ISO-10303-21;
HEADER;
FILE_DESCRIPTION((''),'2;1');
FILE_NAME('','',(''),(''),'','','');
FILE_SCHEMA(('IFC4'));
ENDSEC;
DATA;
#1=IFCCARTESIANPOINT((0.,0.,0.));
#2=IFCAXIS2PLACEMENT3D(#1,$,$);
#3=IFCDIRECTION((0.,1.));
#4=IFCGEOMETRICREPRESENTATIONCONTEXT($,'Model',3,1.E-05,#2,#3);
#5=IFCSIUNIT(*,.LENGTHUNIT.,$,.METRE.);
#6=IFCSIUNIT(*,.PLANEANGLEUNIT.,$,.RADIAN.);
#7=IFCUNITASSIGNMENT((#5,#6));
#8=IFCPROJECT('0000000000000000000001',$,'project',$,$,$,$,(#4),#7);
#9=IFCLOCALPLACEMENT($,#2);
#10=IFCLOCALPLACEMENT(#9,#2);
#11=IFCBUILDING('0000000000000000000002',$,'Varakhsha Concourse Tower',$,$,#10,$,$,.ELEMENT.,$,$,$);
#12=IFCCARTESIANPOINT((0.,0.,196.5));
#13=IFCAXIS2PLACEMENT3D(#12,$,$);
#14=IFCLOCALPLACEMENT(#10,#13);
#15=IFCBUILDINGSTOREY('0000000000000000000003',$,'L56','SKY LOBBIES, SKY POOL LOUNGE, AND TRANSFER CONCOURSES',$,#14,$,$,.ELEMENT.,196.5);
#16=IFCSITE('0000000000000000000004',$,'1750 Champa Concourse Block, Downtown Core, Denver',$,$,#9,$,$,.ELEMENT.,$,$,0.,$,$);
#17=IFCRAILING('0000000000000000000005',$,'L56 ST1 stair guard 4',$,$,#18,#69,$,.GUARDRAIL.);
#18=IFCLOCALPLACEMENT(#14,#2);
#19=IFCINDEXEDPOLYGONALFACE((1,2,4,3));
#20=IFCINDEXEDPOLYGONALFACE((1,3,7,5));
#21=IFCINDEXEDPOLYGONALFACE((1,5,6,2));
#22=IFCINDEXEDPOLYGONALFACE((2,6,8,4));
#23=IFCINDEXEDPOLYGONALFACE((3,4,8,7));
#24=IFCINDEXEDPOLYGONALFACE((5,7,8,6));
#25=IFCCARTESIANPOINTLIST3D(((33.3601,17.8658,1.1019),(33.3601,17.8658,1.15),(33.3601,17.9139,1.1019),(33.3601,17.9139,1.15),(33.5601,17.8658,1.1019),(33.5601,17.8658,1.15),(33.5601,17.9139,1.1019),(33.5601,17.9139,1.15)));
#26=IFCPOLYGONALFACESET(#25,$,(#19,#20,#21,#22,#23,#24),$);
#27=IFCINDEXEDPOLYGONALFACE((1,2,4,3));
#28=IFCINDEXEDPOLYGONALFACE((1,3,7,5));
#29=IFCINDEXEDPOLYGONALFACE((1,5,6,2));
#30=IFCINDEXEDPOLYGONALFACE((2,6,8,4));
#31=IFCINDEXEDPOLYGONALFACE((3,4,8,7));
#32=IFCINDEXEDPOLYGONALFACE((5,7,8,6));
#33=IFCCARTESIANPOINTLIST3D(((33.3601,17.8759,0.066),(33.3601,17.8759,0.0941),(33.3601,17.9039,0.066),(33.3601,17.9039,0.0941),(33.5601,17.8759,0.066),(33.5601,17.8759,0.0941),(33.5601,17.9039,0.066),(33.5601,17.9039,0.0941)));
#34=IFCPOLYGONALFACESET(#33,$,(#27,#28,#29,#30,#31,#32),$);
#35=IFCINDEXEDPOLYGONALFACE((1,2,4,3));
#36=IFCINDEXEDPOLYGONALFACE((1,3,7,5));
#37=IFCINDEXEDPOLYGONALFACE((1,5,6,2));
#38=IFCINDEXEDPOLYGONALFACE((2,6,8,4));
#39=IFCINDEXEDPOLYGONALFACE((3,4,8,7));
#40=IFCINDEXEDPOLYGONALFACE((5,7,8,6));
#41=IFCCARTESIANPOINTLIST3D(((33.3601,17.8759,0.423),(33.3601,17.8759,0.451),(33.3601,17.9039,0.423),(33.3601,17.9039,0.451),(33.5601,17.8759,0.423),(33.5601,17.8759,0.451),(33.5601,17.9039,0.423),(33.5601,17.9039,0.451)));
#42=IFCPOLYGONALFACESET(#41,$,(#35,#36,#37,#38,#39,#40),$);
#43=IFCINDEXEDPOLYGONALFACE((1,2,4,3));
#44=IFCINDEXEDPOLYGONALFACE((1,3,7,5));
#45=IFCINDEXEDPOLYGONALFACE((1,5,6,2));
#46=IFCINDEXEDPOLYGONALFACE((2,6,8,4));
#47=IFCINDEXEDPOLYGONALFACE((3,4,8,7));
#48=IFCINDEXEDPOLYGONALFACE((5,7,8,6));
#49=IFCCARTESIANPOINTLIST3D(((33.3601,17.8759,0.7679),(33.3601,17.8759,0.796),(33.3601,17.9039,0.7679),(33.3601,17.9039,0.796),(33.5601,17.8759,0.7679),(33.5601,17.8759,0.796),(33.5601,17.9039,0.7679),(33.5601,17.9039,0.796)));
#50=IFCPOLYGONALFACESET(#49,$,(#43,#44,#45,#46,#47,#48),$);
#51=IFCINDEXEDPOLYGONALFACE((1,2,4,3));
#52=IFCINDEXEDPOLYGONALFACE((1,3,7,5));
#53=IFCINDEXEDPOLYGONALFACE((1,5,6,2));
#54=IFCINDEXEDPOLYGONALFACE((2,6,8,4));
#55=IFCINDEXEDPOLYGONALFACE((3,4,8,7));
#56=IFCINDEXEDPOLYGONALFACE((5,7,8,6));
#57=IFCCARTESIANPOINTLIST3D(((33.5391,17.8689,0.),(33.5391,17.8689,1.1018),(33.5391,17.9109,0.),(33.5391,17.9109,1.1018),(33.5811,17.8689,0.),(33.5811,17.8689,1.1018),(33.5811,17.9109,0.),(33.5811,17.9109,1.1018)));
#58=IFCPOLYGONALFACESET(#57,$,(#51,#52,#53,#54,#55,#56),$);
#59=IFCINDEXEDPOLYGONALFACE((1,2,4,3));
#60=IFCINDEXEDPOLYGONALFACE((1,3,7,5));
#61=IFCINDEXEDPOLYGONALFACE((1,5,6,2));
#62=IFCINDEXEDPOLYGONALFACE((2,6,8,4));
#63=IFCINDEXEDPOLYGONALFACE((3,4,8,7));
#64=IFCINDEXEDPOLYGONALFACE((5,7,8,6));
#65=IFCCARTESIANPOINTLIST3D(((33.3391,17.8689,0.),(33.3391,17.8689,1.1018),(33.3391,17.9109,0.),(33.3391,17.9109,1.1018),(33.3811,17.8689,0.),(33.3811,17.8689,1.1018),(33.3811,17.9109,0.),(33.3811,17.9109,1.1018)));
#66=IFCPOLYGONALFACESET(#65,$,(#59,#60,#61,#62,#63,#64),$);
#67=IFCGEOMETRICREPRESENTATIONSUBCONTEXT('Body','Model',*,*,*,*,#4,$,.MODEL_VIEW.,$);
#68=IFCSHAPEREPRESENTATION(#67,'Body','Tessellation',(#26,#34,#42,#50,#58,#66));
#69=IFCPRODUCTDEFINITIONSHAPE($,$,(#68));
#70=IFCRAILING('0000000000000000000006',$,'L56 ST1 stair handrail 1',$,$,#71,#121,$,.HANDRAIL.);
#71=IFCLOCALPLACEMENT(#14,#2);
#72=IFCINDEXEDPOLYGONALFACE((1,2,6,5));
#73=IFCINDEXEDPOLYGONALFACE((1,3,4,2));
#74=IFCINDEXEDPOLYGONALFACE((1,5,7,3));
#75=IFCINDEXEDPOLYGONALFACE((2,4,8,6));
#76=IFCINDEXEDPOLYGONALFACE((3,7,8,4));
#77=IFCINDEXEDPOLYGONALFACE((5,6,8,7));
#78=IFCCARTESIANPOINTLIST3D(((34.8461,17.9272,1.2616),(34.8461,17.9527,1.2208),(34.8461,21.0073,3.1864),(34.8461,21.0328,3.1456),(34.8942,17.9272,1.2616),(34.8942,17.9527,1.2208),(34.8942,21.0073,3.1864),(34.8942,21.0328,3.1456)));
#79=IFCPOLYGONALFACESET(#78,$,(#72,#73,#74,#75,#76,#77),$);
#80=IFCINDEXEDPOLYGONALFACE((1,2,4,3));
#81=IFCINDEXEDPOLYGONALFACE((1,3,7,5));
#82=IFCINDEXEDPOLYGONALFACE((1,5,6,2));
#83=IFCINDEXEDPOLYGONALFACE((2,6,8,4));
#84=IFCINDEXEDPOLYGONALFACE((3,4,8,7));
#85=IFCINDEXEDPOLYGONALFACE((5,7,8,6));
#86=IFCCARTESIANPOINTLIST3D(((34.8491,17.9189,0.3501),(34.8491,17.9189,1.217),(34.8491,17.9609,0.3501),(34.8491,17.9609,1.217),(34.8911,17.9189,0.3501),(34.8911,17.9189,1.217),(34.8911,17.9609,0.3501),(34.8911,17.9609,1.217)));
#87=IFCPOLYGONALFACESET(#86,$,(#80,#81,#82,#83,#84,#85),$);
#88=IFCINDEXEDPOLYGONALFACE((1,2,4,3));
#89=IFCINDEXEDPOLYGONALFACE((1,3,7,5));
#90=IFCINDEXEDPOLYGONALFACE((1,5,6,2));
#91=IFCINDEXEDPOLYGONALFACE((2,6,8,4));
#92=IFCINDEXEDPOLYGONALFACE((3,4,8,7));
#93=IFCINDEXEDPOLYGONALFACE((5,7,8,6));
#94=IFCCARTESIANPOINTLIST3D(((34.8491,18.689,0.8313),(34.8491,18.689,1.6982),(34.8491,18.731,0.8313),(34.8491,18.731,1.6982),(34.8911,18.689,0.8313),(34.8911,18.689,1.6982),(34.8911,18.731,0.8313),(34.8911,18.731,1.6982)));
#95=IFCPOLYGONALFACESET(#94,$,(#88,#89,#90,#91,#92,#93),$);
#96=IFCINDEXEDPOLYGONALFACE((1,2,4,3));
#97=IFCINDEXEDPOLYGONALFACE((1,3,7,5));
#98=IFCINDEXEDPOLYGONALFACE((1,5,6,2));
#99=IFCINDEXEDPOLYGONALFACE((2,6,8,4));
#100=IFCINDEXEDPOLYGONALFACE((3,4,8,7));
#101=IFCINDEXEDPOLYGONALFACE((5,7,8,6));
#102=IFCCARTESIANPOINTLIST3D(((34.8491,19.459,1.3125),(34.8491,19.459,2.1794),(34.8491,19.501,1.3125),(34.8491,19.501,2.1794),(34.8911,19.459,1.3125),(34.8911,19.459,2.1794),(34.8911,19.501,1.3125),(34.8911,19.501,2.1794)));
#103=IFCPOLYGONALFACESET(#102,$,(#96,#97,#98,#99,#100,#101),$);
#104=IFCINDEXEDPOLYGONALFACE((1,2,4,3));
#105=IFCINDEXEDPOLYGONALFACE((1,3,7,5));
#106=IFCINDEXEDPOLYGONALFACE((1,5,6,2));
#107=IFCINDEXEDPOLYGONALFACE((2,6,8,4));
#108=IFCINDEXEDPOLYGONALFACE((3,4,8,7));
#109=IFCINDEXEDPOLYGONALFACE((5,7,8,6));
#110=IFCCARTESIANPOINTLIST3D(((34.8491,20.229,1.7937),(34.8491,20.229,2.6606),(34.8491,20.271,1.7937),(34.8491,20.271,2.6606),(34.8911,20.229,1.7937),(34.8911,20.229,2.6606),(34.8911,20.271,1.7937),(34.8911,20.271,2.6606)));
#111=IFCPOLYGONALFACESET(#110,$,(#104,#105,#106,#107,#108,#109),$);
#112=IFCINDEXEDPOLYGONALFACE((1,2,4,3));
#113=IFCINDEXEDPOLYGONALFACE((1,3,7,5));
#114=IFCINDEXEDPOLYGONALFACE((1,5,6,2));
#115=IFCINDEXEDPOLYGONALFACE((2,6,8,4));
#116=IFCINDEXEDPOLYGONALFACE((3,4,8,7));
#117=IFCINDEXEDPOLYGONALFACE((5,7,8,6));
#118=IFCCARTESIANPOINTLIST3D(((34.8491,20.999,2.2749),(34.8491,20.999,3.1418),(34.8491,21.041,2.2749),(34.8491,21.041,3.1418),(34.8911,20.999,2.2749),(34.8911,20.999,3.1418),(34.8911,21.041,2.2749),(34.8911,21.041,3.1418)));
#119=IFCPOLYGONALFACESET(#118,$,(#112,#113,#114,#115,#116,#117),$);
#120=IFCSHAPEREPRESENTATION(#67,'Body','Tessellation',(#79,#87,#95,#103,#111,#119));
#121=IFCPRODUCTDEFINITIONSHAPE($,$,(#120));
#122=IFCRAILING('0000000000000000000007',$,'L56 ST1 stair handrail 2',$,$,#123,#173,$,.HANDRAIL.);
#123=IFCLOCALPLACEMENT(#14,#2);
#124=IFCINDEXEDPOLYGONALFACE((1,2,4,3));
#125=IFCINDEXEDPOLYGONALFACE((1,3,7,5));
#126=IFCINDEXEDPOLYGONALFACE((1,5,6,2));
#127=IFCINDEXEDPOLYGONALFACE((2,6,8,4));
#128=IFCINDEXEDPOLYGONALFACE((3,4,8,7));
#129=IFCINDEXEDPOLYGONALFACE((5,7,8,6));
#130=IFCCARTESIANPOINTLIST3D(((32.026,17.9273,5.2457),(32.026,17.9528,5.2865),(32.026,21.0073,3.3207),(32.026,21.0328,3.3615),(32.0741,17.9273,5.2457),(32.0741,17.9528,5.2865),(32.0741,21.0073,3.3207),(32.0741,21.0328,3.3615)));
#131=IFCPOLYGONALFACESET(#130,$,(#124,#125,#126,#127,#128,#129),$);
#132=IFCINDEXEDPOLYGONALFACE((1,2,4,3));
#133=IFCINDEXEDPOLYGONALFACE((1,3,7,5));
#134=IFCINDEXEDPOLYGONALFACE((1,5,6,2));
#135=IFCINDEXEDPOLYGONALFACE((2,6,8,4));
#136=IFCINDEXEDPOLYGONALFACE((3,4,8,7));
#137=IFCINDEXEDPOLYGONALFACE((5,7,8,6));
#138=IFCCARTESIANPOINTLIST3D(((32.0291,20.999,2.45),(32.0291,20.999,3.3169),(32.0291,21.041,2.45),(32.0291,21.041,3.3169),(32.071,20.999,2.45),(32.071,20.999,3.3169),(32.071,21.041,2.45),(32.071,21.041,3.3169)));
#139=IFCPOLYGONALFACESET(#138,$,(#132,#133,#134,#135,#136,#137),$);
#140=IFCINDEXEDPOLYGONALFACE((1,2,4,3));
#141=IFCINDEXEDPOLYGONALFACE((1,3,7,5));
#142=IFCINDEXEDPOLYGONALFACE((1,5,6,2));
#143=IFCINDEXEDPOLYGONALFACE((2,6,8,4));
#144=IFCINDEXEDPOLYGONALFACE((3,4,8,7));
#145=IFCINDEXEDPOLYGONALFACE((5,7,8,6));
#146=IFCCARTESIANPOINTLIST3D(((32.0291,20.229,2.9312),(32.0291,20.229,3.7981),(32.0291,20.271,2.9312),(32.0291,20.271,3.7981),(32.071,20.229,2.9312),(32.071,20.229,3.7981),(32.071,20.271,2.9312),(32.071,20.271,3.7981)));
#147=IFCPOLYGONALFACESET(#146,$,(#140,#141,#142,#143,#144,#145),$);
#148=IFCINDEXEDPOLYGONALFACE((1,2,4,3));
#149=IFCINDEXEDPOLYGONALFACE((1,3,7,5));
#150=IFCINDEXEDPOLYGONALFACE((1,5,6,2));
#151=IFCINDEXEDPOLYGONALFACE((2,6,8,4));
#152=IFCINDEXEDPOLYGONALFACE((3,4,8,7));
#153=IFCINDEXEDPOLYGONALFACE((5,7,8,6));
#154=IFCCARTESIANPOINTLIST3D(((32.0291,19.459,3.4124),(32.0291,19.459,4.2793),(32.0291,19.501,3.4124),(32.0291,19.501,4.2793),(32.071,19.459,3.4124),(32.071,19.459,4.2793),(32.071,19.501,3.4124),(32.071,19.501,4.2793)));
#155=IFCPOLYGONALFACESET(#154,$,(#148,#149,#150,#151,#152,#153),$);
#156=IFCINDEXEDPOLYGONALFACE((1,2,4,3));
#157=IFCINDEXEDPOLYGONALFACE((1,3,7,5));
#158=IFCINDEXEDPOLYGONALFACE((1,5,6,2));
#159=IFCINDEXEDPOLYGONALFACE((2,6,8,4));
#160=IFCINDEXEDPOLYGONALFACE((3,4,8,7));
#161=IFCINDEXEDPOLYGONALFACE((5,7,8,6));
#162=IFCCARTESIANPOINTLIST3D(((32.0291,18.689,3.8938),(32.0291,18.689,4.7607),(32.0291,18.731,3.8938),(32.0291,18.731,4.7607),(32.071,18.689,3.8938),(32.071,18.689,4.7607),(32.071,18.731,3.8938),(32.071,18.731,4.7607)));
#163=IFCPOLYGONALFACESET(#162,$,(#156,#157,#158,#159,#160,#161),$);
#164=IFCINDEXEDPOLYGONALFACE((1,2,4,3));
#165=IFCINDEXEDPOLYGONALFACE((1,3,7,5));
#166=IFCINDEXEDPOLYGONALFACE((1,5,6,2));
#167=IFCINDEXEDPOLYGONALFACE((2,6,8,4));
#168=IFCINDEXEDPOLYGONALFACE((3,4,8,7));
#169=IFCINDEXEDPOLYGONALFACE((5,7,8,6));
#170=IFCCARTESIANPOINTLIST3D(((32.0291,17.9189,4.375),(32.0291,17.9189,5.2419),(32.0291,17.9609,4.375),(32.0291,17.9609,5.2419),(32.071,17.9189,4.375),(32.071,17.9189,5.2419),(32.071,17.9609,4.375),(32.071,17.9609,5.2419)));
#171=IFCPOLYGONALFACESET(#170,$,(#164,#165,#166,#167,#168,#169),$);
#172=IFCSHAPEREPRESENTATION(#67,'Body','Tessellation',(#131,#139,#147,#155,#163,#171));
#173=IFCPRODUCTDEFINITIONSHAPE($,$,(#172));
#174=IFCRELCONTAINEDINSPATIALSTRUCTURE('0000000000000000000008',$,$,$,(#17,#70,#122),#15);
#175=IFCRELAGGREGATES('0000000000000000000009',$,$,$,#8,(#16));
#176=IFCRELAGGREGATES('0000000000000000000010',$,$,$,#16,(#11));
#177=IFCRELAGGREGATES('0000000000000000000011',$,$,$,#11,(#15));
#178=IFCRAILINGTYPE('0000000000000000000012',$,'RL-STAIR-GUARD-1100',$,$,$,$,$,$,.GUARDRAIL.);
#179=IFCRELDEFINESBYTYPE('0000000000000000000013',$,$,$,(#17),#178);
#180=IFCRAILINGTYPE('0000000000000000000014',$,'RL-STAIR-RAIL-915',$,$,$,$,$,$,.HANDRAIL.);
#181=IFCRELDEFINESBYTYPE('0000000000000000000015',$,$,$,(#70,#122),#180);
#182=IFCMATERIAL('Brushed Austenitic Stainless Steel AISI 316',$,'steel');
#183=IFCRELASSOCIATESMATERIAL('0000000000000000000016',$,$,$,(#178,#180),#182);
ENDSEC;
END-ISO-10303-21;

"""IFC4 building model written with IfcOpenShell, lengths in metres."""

from ifc_helpers import new_model, si_unit, direction, frame, origin, origin_2d, place, context, subcontext, project, spatial, rectangle, extrude, material, type_object, element, save


model = new_model("IFC4")

# Units and contexts
model_context = context("Model", 3, precision=1e-05, world=origin(), true_north=direction((0.0, 1.0)))
body_context = subcontext(model_context, "Body", "Model", "MODEL_VIEW")
ifc_project = project(units=[si_unit("LENGTHUNIT", "METRE"), si_unit("PLANEANGLEUNIT", "RADIAN")], contexts=[model_context])

# Site, building, storey
site_placement = place(None, origin())
site = spatial("IfcSite", under=ifc_project, at=site_placement, Name="1750 Champa Concourse Block, Downtown Core, Denver", CompositionType="ELEMENT", RefElevation=0.0)
building_placement = place(site_placement, origin())
building = spatial("IfcBuilding", under=site, at=building_placement, Name="Varakhsha Concourse Tower", CompositionType="ELEMENT")
storey_placement = place(building_placement, frame((0.0, 0.0, 196.5)))
storey = spatial("IfcBuildingStorey", under=building, at=storey_placement, Name="L56", Description="SKY LOBBIES, SKY POOL LOUNGE, AND TRANSFER CONCOURSES", CompositionType="ELEMENT", Elevation=196.5)

# Railings
ifc_material_1 = material(Name="Brushed Austenitic Stainless Steel AISI 316", Category="steel")
railing_type_1 = type_object("IfcRailingType", Name="RL-STAIR-GUARD-1100", PredefinedType="GUARDRAIL", material=ifc_material_1)
railing_1_placement = place(storey_placement, frame((33.5601, 17.8899, 0.0)))
element("IfcRailing", 1, at=railing_1_placement, inside=storey, type_object=railing_type_1, Name="L56 ST1 stair guard 4", PredefinedType="GUARDRAIL", context=body_context, shape_type="SweptSolid", body=[
    extrude(rectangle(XDim=0.0481, YDim=0.0481, at=origin_2d()), frame((0.0, 0.0, 1.126), z_axis=(-1.0, 0.0, 0.0), x_axis=(0.0, -1.0, 0.0)), (0.0, 0.0, 1.0), 0.2),
    extrude(rectangle(XDim=0.0281, YDim=0.0281, at=origin_2d()), frame((0.0, 0.0, 0.0801), z_axis=(-1.0, 0.0, 0.0), x_axis=(0.0, -1.0, 0.0)), (0.0, 0.0, 1.0), 0.2),
    extrude(rectangle(XDim=0.0281, YDim=0.0281, at=origin_2d()), frame((0.0, 0.0, 0.437), z_axis=(-1.0, 0.0, 0.0), x_axis=(0.0, -1.0, 0.0)), (0.0, 0.0, 1.0), 0.2),
    extrude(rectangle(XDim=0.0281, YDim=0.0281, at=origin_2d()), frame((0.0, 0.0, 0.782), z_axis=(-1.0, 0.0, 0.0), x_axis=(0.0, -1.0, 0.0)), (0.0, 0.0, 1.0), 0.2),
    extrude(rectangle(XDim=0.042, YDim=0.042, at=origin_2d()), origin(), (0.0, 0.0, 1.0), 1.1018),
    extrude(rectangle(XDim=0.042, YDim=0.042, at=origin_2d()), frame((-0.2, 0.0, 0.0)), (0.0, 0.0, 1.0), 1.1018),
])
railing_type_2 = type_object("IfcRailingType", Name="RL-STAIR-RAIL-915", PredefinedType="HANDRAIL", material=ifc_material_1)
railing_2_placement = place(storey_placement, frame((34.8701, 17.9399, 0.3501)))
element("IfcRailing", 2, at=railing_2_placement, inside=storey, type_object=railing_type_2, Name="L56 ST1 stair handrail 1", PredefinedType="HANDRAIL", context=body_context, shape_type="SweptSolid", body=[
    extrude(rectangle(XDim=0.0481, YDim=0.0481, at=origin_2d()), frame((0.0, 0.0, 0.8911), z_axis=(0.0, 0.848029, 0.529951), x_axis=(-1.0, 0.0, 0.0)), (0.0, 0.0, 1.0), 3.6321),
    extrude(rectangle(XDim=0.042, YDim=0.042, at=origin_2d()), origin(), (0.0, 0.0, 1.0), 0.8669),
    extrude(rectangle(XDim=0.042, YDim=0.042, at=origin_2d()), frame((0.0, 0.77, 0.4812)), (0.0, 0.0, 1.0), 0.8669),
    extrude(rectangle(XDim=0.042, YDim=0.042, at=origin_2d()), frame((0.0, 1.54, 0.9624)), (0.0, 0.0, 1.0), 0.8669),
    extrude(rectangle(XDim=0.042, YDim=0.042, at=origin_2d()), frame((0.0, 2.3101, 1.4436)), (0.0, 0.0, 1.0), 0.8669),
    extrude(rectangle(XDim=0.042, YDim=0.042, at=origin_2d()), frame((0.0, 3.0801, 1.9248)), (0.0, 0.0, 1.0), 0.8669),
])
railing_3_placement = place(storey_placement, frame((32.05, 21.02, 2.45)))
element("IfcRailing", 3, at=railing_3_placement, inside=storey, type_object=railing_type_2, Name="L56 ST1 stair handrail 2", PredefinedType="HANDRAIL", context=body_context, shape_type="SweptSolid", body=[
    extrude(rectangle(XDim=0.0481, YDim=0.0481, at=origin_2d()), frame((0.0, 0.0, 0.8911), z_axis=(0.0, -0.847998, 0.529999), x_axis=(1.0, 0.0, 0.0)), (0.0, 0.0, 1.0), 3.6321),
    extrude(rectangle(XDim=0.042, YDim=0.042, at=origin_2d()), origin(), (0.0, 0.0, 1.0), 0.8669),
    extrude(rectangle(XDim=0.042, YDim=0.042, at=origin_2d()), frame((0.0, -0.77, 0.4812)), (0.0, 0.0, 1.0), 0.8669),
    extrude(rectangle(XDim=0.042, YDim=0.042, at=origin_2d()), frame((0.0, -1.54, 0.9624)), (0.0, 0.0, 1.0), 0.8669),
    extrude(rectangle(XDim=0.042, YDim=0.042, at=origin_2d()), frame((0.0, -2.3101, 1.4438)), (0.0, 0.0, 1.0), 0.8669),
    extrude(rectangle(XDim=0.042, YDim=0.042, at=origin_2d()), frame((0.0, -3.0801, 1.925)), (0.0, 0.0, 1.0), 0.8669),
])

save(model, "model.ifc")
